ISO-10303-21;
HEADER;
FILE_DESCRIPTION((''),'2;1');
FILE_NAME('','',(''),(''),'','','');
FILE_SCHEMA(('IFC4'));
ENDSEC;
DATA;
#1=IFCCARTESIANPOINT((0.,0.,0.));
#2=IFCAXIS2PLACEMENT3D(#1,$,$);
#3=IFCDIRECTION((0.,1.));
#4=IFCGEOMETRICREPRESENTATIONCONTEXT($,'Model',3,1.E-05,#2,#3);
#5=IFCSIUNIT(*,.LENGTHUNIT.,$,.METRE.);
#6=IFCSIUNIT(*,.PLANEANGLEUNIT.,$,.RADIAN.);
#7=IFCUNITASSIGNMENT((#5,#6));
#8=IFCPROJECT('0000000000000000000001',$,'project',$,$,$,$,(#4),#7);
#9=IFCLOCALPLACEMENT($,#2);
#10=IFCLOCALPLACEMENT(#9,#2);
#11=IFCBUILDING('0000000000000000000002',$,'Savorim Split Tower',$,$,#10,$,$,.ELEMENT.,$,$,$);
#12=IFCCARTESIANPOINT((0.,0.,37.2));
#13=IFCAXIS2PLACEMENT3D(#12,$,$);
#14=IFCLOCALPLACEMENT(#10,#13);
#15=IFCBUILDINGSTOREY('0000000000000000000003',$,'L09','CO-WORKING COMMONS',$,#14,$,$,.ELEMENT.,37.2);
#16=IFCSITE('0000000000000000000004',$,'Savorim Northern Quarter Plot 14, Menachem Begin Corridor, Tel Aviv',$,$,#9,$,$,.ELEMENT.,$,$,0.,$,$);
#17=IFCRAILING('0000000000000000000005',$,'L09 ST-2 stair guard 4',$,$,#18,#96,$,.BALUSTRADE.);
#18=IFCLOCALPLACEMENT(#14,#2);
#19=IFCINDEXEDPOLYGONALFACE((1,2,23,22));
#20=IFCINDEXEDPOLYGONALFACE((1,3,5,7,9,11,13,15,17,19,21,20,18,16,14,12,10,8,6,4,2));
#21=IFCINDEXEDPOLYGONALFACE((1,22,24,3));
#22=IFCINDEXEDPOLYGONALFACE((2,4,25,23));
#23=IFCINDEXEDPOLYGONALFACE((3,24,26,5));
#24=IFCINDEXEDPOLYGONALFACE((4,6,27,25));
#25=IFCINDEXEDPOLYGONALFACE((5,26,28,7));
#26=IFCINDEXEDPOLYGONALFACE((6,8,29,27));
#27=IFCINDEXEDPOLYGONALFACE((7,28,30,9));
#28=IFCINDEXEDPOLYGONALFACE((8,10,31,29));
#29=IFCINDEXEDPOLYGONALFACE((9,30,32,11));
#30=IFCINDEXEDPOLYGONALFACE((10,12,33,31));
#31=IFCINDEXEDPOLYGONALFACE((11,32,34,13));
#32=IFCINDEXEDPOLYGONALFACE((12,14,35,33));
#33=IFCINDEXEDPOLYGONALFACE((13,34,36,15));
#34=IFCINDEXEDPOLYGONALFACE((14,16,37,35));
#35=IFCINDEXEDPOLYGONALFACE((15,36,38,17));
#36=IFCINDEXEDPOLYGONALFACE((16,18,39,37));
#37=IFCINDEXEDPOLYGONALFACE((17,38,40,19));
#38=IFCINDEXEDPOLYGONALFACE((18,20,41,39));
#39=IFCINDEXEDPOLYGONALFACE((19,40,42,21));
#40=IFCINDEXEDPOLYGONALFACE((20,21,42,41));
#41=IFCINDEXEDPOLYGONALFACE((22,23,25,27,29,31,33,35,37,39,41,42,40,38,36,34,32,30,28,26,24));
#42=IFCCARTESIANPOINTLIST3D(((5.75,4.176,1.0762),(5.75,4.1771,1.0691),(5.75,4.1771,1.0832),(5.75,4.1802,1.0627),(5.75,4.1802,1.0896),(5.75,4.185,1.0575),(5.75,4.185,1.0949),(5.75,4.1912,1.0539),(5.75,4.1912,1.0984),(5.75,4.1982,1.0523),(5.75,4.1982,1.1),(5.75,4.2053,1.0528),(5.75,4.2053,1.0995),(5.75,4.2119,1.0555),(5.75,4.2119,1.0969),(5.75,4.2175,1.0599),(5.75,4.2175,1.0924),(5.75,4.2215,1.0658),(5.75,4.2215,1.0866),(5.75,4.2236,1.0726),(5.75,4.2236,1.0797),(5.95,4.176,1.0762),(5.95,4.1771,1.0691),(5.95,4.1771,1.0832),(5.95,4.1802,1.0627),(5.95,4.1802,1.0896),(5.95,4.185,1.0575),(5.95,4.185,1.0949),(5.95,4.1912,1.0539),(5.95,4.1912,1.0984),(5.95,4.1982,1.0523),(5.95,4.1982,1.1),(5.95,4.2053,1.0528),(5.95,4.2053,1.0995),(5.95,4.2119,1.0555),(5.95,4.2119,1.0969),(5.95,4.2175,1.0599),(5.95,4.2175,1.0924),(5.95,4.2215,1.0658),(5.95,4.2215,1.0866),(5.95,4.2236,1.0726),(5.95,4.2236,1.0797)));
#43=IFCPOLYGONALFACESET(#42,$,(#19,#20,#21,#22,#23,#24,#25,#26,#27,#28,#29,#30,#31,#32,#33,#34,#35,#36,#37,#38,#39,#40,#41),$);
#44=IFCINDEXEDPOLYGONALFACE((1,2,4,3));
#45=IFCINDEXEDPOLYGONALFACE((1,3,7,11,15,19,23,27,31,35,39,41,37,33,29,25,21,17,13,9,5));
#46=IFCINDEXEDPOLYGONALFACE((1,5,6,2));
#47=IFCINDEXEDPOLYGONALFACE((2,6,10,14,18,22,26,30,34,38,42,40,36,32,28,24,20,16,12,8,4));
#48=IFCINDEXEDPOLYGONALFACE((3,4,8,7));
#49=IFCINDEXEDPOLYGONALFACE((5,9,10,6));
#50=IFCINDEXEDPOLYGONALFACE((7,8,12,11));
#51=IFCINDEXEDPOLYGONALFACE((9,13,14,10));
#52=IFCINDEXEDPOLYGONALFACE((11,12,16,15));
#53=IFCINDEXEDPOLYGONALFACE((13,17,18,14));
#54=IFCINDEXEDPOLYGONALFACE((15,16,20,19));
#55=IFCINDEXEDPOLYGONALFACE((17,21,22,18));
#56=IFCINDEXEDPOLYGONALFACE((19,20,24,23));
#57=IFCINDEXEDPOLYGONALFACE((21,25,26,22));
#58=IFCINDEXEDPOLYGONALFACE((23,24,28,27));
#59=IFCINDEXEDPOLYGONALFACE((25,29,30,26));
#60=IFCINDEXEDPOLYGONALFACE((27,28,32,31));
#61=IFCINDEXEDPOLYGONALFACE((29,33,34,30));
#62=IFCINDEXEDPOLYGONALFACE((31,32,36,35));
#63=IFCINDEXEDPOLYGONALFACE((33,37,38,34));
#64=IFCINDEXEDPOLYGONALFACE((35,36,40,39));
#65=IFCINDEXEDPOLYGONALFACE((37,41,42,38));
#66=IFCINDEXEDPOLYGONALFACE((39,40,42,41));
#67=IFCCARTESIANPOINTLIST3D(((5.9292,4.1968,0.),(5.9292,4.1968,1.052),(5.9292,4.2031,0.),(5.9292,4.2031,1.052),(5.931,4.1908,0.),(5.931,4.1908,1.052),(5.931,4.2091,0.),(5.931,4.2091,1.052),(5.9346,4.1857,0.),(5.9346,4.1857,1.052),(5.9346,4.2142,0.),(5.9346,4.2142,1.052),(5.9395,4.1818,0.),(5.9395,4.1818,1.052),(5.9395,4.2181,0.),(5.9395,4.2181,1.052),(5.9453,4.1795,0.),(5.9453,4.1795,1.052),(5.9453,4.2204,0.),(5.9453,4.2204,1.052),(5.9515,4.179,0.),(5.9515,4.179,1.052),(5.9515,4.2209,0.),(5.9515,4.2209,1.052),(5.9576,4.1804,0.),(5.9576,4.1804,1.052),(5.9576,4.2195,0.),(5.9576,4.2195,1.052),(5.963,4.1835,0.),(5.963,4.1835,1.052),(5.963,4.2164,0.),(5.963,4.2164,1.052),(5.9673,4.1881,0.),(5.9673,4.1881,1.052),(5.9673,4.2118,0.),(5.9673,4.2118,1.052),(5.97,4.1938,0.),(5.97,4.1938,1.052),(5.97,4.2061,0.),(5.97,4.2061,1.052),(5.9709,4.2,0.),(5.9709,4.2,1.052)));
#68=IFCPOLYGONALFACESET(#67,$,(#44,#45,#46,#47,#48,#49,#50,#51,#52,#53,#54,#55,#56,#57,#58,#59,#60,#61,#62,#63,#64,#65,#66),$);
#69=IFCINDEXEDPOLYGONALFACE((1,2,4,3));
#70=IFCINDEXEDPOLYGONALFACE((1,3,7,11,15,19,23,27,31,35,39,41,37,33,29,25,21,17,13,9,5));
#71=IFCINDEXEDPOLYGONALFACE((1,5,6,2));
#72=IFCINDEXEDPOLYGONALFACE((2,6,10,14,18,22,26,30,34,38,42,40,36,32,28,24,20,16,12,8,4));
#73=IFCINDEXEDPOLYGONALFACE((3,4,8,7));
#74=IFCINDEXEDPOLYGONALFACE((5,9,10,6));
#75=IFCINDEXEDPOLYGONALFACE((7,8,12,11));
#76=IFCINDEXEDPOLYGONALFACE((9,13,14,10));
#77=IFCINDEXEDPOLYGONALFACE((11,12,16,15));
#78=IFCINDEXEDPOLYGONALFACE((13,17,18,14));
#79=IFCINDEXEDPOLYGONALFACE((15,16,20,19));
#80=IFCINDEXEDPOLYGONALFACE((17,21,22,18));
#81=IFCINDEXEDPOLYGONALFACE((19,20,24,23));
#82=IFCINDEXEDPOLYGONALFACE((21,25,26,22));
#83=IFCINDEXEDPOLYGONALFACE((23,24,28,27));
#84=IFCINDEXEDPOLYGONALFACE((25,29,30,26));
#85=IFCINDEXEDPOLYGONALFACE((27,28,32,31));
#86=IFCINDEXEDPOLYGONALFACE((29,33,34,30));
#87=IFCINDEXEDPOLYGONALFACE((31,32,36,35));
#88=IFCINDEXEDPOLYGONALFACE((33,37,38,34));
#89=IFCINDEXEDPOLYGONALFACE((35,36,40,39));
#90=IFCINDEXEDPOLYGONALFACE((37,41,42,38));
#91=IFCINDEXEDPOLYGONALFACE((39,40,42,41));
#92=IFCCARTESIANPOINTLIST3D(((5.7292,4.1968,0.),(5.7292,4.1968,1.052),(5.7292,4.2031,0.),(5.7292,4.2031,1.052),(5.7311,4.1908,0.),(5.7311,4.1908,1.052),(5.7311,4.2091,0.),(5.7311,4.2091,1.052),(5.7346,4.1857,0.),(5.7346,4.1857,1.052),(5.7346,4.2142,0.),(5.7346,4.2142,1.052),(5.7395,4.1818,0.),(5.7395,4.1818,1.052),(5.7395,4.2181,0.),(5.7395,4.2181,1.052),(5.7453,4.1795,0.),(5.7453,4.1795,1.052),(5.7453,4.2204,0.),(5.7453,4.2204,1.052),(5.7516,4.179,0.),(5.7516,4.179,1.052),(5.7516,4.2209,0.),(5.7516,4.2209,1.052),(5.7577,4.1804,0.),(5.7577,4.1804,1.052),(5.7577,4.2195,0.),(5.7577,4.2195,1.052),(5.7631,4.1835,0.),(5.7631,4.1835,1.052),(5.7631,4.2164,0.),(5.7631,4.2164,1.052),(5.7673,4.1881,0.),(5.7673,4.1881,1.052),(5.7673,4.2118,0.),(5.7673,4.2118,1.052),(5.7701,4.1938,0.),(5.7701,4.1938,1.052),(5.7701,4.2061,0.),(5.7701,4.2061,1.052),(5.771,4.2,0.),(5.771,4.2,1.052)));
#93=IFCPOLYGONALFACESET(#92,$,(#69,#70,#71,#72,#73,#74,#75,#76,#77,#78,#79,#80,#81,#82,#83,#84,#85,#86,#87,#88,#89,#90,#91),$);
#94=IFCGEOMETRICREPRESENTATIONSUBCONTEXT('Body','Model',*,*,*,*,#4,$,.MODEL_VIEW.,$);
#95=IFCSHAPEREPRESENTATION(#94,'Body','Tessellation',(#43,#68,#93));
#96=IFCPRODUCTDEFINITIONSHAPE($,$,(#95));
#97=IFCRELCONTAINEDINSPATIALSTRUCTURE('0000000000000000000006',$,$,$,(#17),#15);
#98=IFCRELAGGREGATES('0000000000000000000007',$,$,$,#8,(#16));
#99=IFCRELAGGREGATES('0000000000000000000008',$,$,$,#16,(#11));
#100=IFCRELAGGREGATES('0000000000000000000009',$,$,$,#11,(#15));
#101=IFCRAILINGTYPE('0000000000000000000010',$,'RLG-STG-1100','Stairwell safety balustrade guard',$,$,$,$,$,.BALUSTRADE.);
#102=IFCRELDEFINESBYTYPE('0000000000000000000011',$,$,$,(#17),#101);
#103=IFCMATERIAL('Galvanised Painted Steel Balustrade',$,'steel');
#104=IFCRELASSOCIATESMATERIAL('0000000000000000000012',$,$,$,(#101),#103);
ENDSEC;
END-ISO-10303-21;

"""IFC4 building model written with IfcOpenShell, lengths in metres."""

from ifc_helpers import new_model, si_unit, direction, frame, origin, origin_2d, place, context, subcontext, project, spatial, circle, extrude, material, type_object, element, save


model = new_model("IFC4")

# Units and contexts
model_context = context("Model", 3, precision=1e-05, world=origin(), true_north=direction((0.0, 1.0)))
body_context = subcontext(model_context, "Body", "Model", "MODEL_VIEW")
ifc_project = project(units=[si_unit("LENGTHUNIT", "METRE"), si_unit("PLANEANGLEUNIT", "RADIAN")], contexts=[model_context])

# Site, building, storey
site_placement = place(None, origin())
site = spatial("IfcSite", under=ifc_project, at=site_placement, Name="Savorim Northern Quarter Plot 14, Menachem Begin Corridor, Tel Aviv", CompositionType="ELEMENT", RefElevation=0.0)
building_placement = place(site_placement, origin())
building = spatial("IfcBuilding", under=site, at=building_placement, Name="Savorim Split Tower", CompositionType="ELEMENT")
storey_placement = place(building_placement, frame((0.0, 0.0, 37.2)))
storey = spatial("IfcBuildingStorey", under=building, at=storey_placement, Name="L09", Description="CO-WORKING COMMONS", CompositionType="ELEMENT", Elevation=37.2)

# Railing
ifc_material_1 = material(Name="Galvanised Painted Steel Balustrade", Category="steel")
railing_type_1 = type_object("IfcRailingType", Name="RLG-STG-1100", Description="Stairwell safety balustrade guard", PredefinedType="BALUSTRADE", material=ifc_material_1)
railing_1_placement = place(storey_placement, frame((5.95, 4.2, 0.0)))
element("IfcRailing", 1, at=railing_1_placement, inside=storey, type_object=railing_type_1, Name="L09 ST-2 stair guard 4", PredefinedType="BALUSTRADE", context=body_context, shape_type="SweptSolid", body=[
    extrude(circle(Radius=0.0239, at=origin_2d()), frame((0.0, 0.0, 1.0762), z_axis=(-1.0, 0.0, 0.0), x_axis=(0.0, -1.0, 0.0)), (0.0, 0.0, 1.0), 0.2),
    extrude(circle(Radius=0.021, at=origin_2d()), origin(), (0.0, 0.0, 1.0), 1.052),
    extrude(circle(Radius=0.021, at=origin_2d()), frame((-0.2, 0.0, 0.0)), (0.0, 0.0, 1.0), 1.052),
])

save(model, "model.ifc")
